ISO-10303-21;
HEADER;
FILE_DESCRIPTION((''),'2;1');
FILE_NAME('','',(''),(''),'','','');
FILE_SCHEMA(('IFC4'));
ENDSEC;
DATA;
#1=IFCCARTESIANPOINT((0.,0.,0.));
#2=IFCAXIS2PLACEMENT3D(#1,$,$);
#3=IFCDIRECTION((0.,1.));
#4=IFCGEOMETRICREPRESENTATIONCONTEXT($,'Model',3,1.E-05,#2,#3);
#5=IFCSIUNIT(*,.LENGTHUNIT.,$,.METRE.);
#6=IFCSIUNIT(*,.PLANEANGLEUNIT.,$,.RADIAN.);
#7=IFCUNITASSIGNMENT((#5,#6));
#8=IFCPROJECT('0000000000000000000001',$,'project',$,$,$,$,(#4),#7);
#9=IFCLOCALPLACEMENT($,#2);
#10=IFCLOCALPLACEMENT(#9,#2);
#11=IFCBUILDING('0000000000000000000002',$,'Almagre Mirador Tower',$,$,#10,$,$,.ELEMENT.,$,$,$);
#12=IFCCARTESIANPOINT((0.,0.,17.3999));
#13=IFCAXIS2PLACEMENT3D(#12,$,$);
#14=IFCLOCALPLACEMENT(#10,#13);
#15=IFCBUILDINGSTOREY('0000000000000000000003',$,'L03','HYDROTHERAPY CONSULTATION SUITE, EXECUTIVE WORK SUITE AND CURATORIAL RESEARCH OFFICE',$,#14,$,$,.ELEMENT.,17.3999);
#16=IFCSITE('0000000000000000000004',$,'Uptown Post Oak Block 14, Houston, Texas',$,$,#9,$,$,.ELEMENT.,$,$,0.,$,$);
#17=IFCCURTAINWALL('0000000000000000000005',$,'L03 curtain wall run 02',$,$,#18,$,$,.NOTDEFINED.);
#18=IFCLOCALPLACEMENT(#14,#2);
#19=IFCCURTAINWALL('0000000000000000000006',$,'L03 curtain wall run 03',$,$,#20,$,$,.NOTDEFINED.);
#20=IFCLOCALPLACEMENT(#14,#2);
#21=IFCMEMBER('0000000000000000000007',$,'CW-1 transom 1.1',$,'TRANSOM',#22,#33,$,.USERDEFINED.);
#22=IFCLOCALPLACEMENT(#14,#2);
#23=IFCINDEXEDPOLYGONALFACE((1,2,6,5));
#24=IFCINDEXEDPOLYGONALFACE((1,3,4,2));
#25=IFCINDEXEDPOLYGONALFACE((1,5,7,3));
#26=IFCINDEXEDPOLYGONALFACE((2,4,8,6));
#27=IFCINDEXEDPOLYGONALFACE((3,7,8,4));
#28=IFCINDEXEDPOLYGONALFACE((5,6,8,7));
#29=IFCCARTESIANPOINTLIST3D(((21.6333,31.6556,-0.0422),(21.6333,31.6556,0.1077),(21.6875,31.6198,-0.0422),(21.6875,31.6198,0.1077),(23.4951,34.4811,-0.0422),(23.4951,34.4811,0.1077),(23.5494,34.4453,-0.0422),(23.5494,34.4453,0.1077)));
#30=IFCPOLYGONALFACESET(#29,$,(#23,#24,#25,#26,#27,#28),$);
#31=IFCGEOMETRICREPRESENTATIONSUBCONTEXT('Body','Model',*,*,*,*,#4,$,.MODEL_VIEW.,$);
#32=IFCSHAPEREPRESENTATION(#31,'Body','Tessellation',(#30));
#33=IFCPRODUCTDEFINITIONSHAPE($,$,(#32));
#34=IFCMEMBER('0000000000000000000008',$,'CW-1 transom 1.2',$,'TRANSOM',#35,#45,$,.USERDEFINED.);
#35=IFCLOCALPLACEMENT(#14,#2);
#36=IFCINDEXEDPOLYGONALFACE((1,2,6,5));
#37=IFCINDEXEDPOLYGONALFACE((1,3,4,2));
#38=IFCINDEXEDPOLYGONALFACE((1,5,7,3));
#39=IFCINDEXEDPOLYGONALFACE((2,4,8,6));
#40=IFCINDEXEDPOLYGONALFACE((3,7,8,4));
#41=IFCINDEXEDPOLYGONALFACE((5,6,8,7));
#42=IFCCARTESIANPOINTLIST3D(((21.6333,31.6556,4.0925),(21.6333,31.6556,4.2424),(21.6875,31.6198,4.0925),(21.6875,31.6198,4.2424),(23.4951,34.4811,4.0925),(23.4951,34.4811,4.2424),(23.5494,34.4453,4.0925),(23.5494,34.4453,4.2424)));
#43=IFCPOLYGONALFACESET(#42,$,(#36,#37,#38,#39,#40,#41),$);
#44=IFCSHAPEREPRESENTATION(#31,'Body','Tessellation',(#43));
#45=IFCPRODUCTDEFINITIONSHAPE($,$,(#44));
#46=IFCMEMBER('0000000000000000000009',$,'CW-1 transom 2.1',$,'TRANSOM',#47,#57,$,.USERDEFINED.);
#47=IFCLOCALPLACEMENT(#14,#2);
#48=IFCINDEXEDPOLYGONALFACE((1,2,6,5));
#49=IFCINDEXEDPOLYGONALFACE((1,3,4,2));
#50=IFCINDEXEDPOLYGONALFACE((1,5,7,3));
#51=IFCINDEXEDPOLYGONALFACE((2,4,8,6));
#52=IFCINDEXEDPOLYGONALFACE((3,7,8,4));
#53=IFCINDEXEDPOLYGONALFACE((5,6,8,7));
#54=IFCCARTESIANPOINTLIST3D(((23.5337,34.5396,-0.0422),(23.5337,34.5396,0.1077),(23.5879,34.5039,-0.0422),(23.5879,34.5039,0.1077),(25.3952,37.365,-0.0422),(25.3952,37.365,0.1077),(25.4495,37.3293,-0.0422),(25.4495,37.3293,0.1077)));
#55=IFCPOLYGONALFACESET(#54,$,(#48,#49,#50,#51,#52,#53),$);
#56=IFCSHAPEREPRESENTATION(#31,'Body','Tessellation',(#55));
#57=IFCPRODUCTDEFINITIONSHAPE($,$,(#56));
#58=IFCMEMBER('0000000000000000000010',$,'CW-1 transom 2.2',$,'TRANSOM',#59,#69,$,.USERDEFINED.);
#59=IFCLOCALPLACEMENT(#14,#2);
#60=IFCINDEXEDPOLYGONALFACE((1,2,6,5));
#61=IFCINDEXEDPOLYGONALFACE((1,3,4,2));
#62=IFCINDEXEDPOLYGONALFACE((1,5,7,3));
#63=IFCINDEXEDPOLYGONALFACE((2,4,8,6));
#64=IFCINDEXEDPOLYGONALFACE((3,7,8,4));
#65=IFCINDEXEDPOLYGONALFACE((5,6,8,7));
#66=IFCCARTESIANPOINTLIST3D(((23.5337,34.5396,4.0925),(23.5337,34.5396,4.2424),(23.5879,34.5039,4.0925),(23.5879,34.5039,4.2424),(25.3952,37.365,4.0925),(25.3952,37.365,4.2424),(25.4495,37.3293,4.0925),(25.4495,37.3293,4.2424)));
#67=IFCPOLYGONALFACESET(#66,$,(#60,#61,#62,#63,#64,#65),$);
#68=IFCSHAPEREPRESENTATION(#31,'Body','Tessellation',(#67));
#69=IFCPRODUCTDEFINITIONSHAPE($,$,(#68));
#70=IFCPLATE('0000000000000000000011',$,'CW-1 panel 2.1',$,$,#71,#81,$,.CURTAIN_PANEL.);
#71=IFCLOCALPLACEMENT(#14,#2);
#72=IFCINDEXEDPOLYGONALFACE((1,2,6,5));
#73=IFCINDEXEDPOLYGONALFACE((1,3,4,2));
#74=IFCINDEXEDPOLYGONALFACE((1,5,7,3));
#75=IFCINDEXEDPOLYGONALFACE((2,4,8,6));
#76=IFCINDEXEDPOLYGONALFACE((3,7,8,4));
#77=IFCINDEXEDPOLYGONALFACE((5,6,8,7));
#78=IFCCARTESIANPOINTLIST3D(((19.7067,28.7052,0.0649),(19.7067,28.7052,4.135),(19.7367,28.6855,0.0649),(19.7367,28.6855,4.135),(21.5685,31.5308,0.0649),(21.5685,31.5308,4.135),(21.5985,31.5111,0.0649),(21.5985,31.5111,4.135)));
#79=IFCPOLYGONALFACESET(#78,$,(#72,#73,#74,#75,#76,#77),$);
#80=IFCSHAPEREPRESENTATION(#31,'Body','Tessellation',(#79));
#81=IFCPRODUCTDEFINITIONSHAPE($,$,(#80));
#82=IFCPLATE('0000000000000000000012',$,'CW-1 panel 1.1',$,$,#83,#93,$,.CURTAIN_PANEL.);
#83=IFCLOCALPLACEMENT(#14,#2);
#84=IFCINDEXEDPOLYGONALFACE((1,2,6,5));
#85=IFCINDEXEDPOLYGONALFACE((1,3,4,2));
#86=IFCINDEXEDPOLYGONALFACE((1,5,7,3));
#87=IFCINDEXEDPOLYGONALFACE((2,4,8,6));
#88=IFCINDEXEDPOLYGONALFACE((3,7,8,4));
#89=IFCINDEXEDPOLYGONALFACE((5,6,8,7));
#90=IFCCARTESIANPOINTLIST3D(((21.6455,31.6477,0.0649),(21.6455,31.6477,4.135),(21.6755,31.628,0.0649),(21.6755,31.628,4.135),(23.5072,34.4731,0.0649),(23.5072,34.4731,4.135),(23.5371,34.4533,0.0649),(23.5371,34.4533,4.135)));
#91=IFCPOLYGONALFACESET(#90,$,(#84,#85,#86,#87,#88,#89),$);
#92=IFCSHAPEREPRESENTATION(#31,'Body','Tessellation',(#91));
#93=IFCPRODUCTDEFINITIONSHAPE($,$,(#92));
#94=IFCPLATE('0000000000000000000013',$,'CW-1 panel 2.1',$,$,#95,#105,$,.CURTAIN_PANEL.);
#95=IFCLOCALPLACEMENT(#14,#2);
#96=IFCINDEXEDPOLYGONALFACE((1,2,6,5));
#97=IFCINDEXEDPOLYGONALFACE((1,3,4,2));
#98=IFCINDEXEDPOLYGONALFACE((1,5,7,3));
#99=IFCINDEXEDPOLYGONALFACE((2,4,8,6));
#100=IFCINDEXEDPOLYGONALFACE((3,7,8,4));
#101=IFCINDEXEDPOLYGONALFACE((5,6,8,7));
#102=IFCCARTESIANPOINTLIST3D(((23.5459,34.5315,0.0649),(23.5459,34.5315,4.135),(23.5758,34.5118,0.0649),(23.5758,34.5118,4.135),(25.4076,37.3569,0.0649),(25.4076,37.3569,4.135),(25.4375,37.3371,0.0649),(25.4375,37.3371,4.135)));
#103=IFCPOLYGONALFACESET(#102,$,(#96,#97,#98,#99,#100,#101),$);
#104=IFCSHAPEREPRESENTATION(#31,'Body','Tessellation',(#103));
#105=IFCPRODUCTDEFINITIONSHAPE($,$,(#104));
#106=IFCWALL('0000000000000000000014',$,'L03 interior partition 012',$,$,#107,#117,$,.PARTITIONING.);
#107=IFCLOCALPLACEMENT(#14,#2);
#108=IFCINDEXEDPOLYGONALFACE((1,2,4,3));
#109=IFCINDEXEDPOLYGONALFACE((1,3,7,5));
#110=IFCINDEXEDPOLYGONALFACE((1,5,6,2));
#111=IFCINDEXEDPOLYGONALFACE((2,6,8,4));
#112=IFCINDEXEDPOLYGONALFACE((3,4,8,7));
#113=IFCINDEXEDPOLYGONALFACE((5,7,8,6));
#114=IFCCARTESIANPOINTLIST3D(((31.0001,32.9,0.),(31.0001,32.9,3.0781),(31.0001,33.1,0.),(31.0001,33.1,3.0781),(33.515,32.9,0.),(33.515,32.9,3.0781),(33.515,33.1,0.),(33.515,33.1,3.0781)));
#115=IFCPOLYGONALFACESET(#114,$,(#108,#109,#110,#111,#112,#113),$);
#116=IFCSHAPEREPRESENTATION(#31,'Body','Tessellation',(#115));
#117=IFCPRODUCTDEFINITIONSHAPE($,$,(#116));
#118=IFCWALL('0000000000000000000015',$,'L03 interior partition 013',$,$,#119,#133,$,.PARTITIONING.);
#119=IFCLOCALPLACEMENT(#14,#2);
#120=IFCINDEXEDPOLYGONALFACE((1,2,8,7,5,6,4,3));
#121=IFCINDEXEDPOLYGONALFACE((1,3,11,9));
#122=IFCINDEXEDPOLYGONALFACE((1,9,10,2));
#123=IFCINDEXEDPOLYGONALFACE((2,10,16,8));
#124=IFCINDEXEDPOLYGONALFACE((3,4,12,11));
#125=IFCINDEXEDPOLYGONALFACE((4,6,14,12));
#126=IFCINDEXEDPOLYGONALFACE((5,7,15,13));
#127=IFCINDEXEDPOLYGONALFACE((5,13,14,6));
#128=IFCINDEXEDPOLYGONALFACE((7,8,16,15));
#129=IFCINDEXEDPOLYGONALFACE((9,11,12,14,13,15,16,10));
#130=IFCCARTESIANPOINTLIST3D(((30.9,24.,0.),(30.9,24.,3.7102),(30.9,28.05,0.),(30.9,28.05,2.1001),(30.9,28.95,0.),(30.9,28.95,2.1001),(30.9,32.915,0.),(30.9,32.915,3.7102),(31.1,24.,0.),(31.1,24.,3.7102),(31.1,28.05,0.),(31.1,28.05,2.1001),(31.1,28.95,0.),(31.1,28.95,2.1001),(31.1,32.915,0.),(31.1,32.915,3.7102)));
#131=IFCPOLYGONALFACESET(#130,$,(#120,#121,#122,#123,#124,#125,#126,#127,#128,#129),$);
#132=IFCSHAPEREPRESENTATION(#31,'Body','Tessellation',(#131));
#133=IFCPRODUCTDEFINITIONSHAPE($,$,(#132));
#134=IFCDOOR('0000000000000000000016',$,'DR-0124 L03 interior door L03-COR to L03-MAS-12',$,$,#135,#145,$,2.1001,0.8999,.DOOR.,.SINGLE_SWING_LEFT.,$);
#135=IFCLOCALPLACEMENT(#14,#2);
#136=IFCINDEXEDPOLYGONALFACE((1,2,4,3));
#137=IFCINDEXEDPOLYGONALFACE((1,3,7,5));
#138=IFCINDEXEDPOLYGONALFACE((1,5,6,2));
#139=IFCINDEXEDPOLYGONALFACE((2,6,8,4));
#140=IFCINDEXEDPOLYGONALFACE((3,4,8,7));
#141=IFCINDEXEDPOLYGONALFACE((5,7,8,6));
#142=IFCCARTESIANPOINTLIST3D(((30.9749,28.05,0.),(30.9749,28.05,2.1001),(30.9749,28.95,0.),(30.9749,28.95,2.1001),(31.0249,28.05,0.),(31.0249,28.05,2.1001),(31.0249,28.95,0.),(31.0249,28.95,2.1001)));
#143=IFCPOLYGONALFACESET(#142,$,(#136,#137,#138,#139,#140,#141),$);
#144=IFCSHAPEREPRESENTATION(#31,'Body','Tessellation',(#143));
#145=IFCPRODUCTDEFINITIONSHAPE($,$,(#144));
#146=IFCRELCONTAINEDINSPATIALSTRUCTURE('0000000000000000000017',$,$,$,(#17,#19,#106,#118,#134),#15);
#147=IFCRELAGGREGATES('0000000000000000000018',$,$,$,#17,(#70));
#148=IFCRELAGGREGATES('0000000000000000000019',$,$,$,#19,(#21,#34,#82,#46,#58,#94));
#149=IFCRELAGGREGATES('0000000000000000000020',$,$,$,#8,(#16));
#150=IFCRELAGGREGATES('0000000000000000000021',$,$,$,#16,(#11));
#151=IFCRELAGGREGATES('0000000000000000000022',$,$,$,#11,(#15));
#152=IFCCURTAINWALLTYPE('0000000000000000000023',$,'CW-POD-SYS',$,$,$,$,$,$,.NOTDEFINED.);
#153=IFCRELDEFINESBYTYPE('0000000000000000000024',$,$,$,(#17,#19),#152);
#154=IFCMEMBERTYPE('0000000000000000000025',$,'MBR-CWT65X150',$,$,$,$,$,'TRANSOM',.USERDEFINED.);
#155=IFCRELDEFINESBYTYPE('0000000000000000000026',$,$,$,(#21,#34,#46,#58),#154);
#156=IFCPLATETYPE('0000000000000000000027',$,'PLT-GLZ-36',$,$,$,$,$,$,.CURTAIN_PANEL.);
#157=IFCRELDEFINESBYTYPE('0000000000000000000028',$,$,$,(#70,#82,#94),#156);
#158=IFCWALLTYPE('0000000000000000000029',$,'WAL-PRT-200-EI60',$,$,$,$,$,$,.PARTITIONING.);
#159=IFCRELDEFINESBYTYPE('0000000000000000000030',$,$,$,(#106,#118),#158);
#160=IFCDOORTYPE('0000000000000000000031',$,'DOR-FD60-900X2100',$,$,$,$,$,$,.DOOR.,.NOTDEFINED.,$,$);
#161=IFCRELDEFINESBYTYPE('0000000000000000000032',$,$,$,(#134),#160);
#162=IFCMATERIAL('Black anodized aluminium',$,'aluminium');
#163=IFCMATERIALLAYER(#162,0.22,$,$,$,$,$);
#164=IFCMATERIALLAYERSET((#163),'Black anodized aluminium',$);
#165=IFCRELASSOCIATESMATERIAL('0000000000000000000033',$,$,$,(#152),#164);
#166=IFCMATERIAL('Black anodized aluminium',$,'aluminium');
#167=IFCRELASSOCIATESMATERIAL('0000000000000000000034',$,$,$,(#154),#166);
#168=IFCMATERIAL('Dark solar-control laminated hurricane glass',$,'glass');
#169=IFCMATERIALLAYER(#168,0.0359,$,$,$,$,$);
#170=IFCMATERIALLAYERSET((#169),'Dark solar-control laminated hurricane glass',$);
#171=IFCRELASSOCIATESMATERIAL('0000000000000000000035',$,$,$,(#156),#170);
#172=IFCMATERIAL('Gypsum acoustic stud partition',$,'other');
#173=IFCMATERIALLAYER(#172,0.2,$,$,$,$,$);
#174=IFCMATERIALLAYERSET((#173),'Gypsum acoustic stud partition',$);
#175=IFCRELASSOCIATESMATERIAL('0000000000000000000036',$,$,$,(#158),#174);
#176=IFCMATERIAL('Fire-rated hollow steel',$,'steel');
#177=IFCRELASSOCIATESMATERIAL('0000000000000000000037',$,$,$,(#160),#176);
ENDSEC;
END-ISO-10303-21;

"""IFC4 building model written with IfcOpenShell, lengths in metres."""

from ifc_helpers import new_model, si_unit, direction, frame, frame_2d, origin, origin_2d, place, context, subcontext, project, spatial, rectangle, extrude, material, layer, layer_set, material_profile, profile_set, type_object, element, fill, aggregate, save


model = new_model("IFC4")

# Units and contexts
model_context = context("Model", 3, precision=1e-05, world=origin(), true_north=direction((0.0, 1.0)))
body_context = subcontext(model_context, "Body", "Model", "MODEL_VIEW")
ifc_project = project(units=[si_unit("LENGTHUNIT", "METRE"), si_unit("PLANEANGLEUNIT", "RADIAN")], contexts=[model_context])

# Site, building, storey
site_placement = place(None, origin())
site = spatial("IfcSite", under=ifc_project, at=site_placement, Name="Uptown Post Oak Block 14, Houston, Texas", CompositionType="ELEMENT", RefElevation=0.0)
building_placement = place(site_placement, origin())
building = spatial("IfcBuilding", under=site, at=building_placement, Name="Almagre Mirador Tower", CompositionType="ELEMENT")
storey_placement = place(building_placement, frame((0.0, 0.0, 17.3999)))
storey = spatial("IfcBuildingStorey", under=building, at=storey_placement, Name="L03", Description="HYDROTHERAPY CONSULTATION SUITE, EXECUTIVE WORK SUITE AND CURATORIAL RESEARCH OFFICE", CompositionType="ELEMENT", Elevation=17.3999)

# Curtain wall
ifc_material_1 = material(Name="Black anodized aluminium", Category="aluminium")
ifc_layer_1 = layer(ifc_material_1, 0.22)
ifc_layer_set_1 = layer_set([ifc_layer_1], Name="Black anodized aluminium")
curtain_wall_type = type_object("IfcCurtainWallType", Name="CW-POD-SYS", PredefinedType="NOTDEFINED", material=ifc_layer_set_1)
curtain_wall_1_placement = place(storey_placement, origin())
curtain_wall_1 = element("IfcCurtainWall", 1, at=curtain_wall_1_placement, inside=storey, type_object=curtain_wall_type, Name="L03 curtain wall run 02", PredefinedType="NOTDEFINED")

# Curtain wall
curtain_wall_2_placement = place(storey_placement, origin())
curtain_wall_2 = element("IfcCurtainWall", 2, at=curtain_wall_2_placement, inside=storey, type_object=curtain_wall_type, Name="L03 curtain wall run 03", PredefinedType="NOTDEFINED")

# Members
ifc_material_2 = material(Name="Black anodized aluminium", Category="aluminium")
ifc_material_profile_1 = material_profile(ifc_material_2, rectangle(XDim=0.0649, YDim=0.1499, at=origin_2d()), Name="CWT65X150")
ifc_profile_set_1 = profile_set([ifc_material_profile_1], Name="Black anodized aluminium")
member_type_1 = type_object("IfcMemberType", Name="MBR-CWT65X150", ElementType="TRANSOM", PredefinedType="USERDEFINED", material=ifc_profile_set_1)
member_1_placement = place(storey_placement, frame((21.6604, 31.6377, 0.0327), z_axis=(0.55023, 0.835013, 0.0), x_axis=(-0.835013, 0.55023, 0.0)))
member_1 = element("IfcMember", 3, at=member_1_placement, type_object=member_type_1, Name="CW-1 transom 1.1", ObjectType="TRANSOM", PredefinedType="USERDEFINED", context=body_context, shape_type="SweptSolid", body=[
    extrude(rectangle(XDim=0.0649, YDim=0.1499, at=origin_2d()), origin(), (0.0, 0.0, 1.0), 3.3838),
])
member_2_placement = place(storey_placement, frame((21.6604, 31.6377, 4.1675), z_axis=(0.55023, 0.835013, 0.0), x_axis=(-0.835013, 0.55023, 0.0)))
member_2 = element("IfcMember", 4, at=member_2_placement, type_object=member_type_1, Name="CW-1 transom 1.2", ObjectType="TRANSOM", PredefinedType="USERDEFINED", context=body_context, shape_type="SweptSolid", body=[
    extrude(rectangle(XDim=0.0649, YDim=0.1499, at=origin_2d()), origin(), (0.0, 0.0, 1.0), 3.3838),
])
member_3_placement = place(storey_placement, frame((23.5608, 34.5217, 0.0327), z_axis=(0.55018, 0.835046, 0.0), x_axis=(-0.835046, 0.55018, 0.0)))
member_3 = element("IfcMember", 5, at=member_3_placement, type_object=member_type_1, Name="CW-1 transom 2.1", ObjectType="TRANSOM", PredefinedType="USERDEFINED", context=body_context, shape_type="SweptSolid", body=[
    extrude(rectangle(XDim=0.0649, YDim=0.1499, at=origin_2d()), origin(), (0.0, 0.0, 1.0), 3.3835),
])
member_4_placement = place(storey_placement, frame((23.5608, 34.5217, 4.1675), z_axis=(0.55018, 0.835046, 0.0), x_axis=(-0.835046, 0.55018, 0.0)))
member_4 = element("IfcMember", 6, at=member_4_placement, type_object=member_type_1, Name="CW-1 transom 2.2", ObjectType="TRANSOM", PredefinedType="USERDEFINED", context=body_context, shape_type="SweptSolid", body=[
    extrude(rectangle(XDim=0.0649, YDim=0.1499, at=origin_2d()), origin(), (0.0, 0.0, 1.0), 3.3835),
])

# Plates
ifc_material_3 = material(Name="Dark solar-control laminated hurricane glass", Category="glass")
ifc_layer_2 = layer(ifc_material_3, 0.0359)
ifc_layer_set_2 = layer_set([ifc_layer_2], Name="Dark solar-control laminated hurricane glass")
plate_type = type_object("IfcPlateType", Name="PLT-GLZ-36", PredefinedType="CURTAIN_PANEL", material=ifc_layer_set_2)
plate_1_placement = place(storey_placement, frame((20.6526, 30.1082, 0.0649), z_axis=(0.0, 0.0, 1.0), x_axis=(0.550207, 0.835028, 0.0)))
plate_1 = element("IfcPlate", 7, at=plate_1_placement, type_object=plate_type, Name="CW-1 panel 2.1", PredefinedType="CURTAIN_PANEL", context=body_context, shape_type="SweptSolid", body=[
    extrude(rectangle(XDim=3.3838, YDim=0.0359, at=origin_2d()), origin(), (0.0, 0.0, 1.0), 4.0701),
])
aggregate(curtain_wall_1, [plate_1])
plate_2_placement = place(storey_placement, frame((22.5913, 33.0505, 0.0649), z_axis=(0.0, 0.0, 1.0), x_axis=(0.550214, 0.835024, 0.0)))
plate_2 = element("IfcPlate", 8, at=plate_2_placement, type_object=plate_type, Name="CW-1 panel 1.1", PredefinedType="CURTAIN_PANEL", context=body_context, shape_type="SweptSolid", body=[
    extrude(rectangle(XDim=3.3835, YDim=0.0359, at=origin_2d()), origin(), (0.0, 0.0, 1.0), 4.0701),
])
plate_3_placement = place(storey_placement, frame((24.4917, 35.9343, 0.0649), z_axis=(0.0, 0.0, 1.0), x_axis=(0.550214, 0.835024, 0.0)))
plate_3 = element("IfcPlate", 9, at=plate_3_placement, type_object=plate_type, Name="CW-1 panel 2.1", PredefinedType="CURTAIN_PANEL", context=body_context, shape_type="SweptSolid", body=[
    extrude(rectangle(XDim=3.3835, YDim=0.0359, at=origin_2d()), origin(), (0.0, 0.0, 1.0), 4.0701),
])
aggregate(curtain_wall_2, [member_1, member_2, plate_2, member_3, member_4, plate_3])

# Wall
ifc_material_4 = material(Name="Gypsum acoustic stud partition", Category="other")
ifc_layer_3 = layer(ifc_material_4, 0.2)
ifc_layer_set_3 = layer_set([ifc_layer_3], Name="Gypsum acoustic stud partition")
wall_type = type_object("IfcWallType", Name="WAL-PRT-200-EI60", PredefinedType="PARTITIONING", material=ifc_layer_set_3)
wall_1_placement = place(storey_placement, frame((33.5149, 33.0, 0.0), z_axis=(0.0, 0.0, 1.0), x_axis=(-1.0, 0.0, 0.0)))
element("IfcWall", 10, at=wall_1_placement, inside=storey, type_object=wall_type, Name="L03 interior partition 012", PredefinedType="PARTITIONING", context=body_context, shape_type="SweptSolid", body=[
    extrude(rectangle(XDim=2.5149, YDim=0.2, at=frame_2d((1.2573, 0.0))), origin(), (0.0, 0.0, 1.0), 3.0781),
])

# Wall, opening, door
wall_2_placement = place(storey_placement, frame((31.0, 32.915, 0.0), z_axis=(0.0, 0.0, 1.0), x_axis=(0.0, -1.0, 0.0)))
wall_2 = element("IfcWall", 11, at=wall_2_placement, inside=storey, type_object=wall_type, Name="L03 interior partition 013", PredefinedType="PARTITIONING", context=body_context, shape_type="SweptSolid", body=[
    extrude(rectangle(XDim=8.915, YDim=0.2, at=frame_2d((4.4575, 0.0))), origin(), (0.0, 0.0, 1.0), 3.7102),
])
opening_placement = place(wall_2_placement, frame((3.9651, 0.0, 0.0)))
opening = element("IfcOpeningElement", 12, at=opening_placement, cuts=wall_2, PredefinedType="OPENING", context=body_context, shape_type="SweptSolid", body=[
    extrude(rectangle(XDim=0.8999, YDim=2.1001, at=frame_2d((0.45, 1.05))), frame((0.0, 0.1101, 0.0), z_axis=(0.0, -1.0, 0.0), x_axis=(1.0, 0.0, 0.0)), (0.0, 0.0, 1.0), 0.22),
])
ifc_material_5 = material(Name="Fire-rated hollow steel", Category="steel")
door_type = type_object("IfcDoorType", Name="DOR-FD60-900X2100", OperationType="NOTDEFINED", PredefinedType="DOOR", material=ifc_material_5)
door_placement = place(opening_placement, origin())
door = element("IfcDoor", 13, at=door_placement, inside=storey, type_object=door_type, Name="DR-0124 L03 interior door L03-COR to L03-MAS-12", OperationType="SINGLE_SWING_LEFT", OverallHeight=2.1001, OverallWidth=0.8999, PredefinedType="DOOR", context=body_context, shape_type="SweptSolid", body=[
    extrude(rectangle(XDim=0.8999, YDim=2.1001, at=frame_2d((0.45, 1.05))), frame((0.0, 0.0249, 0.0), z_axis=(0.0, -1.0, 0.0), x_axis=(1.0, 0.0, 0.0)), (0.0, 0.0, 1.0), 0.05),
])
fill(opening, door)

save(model, "model.ifc")
